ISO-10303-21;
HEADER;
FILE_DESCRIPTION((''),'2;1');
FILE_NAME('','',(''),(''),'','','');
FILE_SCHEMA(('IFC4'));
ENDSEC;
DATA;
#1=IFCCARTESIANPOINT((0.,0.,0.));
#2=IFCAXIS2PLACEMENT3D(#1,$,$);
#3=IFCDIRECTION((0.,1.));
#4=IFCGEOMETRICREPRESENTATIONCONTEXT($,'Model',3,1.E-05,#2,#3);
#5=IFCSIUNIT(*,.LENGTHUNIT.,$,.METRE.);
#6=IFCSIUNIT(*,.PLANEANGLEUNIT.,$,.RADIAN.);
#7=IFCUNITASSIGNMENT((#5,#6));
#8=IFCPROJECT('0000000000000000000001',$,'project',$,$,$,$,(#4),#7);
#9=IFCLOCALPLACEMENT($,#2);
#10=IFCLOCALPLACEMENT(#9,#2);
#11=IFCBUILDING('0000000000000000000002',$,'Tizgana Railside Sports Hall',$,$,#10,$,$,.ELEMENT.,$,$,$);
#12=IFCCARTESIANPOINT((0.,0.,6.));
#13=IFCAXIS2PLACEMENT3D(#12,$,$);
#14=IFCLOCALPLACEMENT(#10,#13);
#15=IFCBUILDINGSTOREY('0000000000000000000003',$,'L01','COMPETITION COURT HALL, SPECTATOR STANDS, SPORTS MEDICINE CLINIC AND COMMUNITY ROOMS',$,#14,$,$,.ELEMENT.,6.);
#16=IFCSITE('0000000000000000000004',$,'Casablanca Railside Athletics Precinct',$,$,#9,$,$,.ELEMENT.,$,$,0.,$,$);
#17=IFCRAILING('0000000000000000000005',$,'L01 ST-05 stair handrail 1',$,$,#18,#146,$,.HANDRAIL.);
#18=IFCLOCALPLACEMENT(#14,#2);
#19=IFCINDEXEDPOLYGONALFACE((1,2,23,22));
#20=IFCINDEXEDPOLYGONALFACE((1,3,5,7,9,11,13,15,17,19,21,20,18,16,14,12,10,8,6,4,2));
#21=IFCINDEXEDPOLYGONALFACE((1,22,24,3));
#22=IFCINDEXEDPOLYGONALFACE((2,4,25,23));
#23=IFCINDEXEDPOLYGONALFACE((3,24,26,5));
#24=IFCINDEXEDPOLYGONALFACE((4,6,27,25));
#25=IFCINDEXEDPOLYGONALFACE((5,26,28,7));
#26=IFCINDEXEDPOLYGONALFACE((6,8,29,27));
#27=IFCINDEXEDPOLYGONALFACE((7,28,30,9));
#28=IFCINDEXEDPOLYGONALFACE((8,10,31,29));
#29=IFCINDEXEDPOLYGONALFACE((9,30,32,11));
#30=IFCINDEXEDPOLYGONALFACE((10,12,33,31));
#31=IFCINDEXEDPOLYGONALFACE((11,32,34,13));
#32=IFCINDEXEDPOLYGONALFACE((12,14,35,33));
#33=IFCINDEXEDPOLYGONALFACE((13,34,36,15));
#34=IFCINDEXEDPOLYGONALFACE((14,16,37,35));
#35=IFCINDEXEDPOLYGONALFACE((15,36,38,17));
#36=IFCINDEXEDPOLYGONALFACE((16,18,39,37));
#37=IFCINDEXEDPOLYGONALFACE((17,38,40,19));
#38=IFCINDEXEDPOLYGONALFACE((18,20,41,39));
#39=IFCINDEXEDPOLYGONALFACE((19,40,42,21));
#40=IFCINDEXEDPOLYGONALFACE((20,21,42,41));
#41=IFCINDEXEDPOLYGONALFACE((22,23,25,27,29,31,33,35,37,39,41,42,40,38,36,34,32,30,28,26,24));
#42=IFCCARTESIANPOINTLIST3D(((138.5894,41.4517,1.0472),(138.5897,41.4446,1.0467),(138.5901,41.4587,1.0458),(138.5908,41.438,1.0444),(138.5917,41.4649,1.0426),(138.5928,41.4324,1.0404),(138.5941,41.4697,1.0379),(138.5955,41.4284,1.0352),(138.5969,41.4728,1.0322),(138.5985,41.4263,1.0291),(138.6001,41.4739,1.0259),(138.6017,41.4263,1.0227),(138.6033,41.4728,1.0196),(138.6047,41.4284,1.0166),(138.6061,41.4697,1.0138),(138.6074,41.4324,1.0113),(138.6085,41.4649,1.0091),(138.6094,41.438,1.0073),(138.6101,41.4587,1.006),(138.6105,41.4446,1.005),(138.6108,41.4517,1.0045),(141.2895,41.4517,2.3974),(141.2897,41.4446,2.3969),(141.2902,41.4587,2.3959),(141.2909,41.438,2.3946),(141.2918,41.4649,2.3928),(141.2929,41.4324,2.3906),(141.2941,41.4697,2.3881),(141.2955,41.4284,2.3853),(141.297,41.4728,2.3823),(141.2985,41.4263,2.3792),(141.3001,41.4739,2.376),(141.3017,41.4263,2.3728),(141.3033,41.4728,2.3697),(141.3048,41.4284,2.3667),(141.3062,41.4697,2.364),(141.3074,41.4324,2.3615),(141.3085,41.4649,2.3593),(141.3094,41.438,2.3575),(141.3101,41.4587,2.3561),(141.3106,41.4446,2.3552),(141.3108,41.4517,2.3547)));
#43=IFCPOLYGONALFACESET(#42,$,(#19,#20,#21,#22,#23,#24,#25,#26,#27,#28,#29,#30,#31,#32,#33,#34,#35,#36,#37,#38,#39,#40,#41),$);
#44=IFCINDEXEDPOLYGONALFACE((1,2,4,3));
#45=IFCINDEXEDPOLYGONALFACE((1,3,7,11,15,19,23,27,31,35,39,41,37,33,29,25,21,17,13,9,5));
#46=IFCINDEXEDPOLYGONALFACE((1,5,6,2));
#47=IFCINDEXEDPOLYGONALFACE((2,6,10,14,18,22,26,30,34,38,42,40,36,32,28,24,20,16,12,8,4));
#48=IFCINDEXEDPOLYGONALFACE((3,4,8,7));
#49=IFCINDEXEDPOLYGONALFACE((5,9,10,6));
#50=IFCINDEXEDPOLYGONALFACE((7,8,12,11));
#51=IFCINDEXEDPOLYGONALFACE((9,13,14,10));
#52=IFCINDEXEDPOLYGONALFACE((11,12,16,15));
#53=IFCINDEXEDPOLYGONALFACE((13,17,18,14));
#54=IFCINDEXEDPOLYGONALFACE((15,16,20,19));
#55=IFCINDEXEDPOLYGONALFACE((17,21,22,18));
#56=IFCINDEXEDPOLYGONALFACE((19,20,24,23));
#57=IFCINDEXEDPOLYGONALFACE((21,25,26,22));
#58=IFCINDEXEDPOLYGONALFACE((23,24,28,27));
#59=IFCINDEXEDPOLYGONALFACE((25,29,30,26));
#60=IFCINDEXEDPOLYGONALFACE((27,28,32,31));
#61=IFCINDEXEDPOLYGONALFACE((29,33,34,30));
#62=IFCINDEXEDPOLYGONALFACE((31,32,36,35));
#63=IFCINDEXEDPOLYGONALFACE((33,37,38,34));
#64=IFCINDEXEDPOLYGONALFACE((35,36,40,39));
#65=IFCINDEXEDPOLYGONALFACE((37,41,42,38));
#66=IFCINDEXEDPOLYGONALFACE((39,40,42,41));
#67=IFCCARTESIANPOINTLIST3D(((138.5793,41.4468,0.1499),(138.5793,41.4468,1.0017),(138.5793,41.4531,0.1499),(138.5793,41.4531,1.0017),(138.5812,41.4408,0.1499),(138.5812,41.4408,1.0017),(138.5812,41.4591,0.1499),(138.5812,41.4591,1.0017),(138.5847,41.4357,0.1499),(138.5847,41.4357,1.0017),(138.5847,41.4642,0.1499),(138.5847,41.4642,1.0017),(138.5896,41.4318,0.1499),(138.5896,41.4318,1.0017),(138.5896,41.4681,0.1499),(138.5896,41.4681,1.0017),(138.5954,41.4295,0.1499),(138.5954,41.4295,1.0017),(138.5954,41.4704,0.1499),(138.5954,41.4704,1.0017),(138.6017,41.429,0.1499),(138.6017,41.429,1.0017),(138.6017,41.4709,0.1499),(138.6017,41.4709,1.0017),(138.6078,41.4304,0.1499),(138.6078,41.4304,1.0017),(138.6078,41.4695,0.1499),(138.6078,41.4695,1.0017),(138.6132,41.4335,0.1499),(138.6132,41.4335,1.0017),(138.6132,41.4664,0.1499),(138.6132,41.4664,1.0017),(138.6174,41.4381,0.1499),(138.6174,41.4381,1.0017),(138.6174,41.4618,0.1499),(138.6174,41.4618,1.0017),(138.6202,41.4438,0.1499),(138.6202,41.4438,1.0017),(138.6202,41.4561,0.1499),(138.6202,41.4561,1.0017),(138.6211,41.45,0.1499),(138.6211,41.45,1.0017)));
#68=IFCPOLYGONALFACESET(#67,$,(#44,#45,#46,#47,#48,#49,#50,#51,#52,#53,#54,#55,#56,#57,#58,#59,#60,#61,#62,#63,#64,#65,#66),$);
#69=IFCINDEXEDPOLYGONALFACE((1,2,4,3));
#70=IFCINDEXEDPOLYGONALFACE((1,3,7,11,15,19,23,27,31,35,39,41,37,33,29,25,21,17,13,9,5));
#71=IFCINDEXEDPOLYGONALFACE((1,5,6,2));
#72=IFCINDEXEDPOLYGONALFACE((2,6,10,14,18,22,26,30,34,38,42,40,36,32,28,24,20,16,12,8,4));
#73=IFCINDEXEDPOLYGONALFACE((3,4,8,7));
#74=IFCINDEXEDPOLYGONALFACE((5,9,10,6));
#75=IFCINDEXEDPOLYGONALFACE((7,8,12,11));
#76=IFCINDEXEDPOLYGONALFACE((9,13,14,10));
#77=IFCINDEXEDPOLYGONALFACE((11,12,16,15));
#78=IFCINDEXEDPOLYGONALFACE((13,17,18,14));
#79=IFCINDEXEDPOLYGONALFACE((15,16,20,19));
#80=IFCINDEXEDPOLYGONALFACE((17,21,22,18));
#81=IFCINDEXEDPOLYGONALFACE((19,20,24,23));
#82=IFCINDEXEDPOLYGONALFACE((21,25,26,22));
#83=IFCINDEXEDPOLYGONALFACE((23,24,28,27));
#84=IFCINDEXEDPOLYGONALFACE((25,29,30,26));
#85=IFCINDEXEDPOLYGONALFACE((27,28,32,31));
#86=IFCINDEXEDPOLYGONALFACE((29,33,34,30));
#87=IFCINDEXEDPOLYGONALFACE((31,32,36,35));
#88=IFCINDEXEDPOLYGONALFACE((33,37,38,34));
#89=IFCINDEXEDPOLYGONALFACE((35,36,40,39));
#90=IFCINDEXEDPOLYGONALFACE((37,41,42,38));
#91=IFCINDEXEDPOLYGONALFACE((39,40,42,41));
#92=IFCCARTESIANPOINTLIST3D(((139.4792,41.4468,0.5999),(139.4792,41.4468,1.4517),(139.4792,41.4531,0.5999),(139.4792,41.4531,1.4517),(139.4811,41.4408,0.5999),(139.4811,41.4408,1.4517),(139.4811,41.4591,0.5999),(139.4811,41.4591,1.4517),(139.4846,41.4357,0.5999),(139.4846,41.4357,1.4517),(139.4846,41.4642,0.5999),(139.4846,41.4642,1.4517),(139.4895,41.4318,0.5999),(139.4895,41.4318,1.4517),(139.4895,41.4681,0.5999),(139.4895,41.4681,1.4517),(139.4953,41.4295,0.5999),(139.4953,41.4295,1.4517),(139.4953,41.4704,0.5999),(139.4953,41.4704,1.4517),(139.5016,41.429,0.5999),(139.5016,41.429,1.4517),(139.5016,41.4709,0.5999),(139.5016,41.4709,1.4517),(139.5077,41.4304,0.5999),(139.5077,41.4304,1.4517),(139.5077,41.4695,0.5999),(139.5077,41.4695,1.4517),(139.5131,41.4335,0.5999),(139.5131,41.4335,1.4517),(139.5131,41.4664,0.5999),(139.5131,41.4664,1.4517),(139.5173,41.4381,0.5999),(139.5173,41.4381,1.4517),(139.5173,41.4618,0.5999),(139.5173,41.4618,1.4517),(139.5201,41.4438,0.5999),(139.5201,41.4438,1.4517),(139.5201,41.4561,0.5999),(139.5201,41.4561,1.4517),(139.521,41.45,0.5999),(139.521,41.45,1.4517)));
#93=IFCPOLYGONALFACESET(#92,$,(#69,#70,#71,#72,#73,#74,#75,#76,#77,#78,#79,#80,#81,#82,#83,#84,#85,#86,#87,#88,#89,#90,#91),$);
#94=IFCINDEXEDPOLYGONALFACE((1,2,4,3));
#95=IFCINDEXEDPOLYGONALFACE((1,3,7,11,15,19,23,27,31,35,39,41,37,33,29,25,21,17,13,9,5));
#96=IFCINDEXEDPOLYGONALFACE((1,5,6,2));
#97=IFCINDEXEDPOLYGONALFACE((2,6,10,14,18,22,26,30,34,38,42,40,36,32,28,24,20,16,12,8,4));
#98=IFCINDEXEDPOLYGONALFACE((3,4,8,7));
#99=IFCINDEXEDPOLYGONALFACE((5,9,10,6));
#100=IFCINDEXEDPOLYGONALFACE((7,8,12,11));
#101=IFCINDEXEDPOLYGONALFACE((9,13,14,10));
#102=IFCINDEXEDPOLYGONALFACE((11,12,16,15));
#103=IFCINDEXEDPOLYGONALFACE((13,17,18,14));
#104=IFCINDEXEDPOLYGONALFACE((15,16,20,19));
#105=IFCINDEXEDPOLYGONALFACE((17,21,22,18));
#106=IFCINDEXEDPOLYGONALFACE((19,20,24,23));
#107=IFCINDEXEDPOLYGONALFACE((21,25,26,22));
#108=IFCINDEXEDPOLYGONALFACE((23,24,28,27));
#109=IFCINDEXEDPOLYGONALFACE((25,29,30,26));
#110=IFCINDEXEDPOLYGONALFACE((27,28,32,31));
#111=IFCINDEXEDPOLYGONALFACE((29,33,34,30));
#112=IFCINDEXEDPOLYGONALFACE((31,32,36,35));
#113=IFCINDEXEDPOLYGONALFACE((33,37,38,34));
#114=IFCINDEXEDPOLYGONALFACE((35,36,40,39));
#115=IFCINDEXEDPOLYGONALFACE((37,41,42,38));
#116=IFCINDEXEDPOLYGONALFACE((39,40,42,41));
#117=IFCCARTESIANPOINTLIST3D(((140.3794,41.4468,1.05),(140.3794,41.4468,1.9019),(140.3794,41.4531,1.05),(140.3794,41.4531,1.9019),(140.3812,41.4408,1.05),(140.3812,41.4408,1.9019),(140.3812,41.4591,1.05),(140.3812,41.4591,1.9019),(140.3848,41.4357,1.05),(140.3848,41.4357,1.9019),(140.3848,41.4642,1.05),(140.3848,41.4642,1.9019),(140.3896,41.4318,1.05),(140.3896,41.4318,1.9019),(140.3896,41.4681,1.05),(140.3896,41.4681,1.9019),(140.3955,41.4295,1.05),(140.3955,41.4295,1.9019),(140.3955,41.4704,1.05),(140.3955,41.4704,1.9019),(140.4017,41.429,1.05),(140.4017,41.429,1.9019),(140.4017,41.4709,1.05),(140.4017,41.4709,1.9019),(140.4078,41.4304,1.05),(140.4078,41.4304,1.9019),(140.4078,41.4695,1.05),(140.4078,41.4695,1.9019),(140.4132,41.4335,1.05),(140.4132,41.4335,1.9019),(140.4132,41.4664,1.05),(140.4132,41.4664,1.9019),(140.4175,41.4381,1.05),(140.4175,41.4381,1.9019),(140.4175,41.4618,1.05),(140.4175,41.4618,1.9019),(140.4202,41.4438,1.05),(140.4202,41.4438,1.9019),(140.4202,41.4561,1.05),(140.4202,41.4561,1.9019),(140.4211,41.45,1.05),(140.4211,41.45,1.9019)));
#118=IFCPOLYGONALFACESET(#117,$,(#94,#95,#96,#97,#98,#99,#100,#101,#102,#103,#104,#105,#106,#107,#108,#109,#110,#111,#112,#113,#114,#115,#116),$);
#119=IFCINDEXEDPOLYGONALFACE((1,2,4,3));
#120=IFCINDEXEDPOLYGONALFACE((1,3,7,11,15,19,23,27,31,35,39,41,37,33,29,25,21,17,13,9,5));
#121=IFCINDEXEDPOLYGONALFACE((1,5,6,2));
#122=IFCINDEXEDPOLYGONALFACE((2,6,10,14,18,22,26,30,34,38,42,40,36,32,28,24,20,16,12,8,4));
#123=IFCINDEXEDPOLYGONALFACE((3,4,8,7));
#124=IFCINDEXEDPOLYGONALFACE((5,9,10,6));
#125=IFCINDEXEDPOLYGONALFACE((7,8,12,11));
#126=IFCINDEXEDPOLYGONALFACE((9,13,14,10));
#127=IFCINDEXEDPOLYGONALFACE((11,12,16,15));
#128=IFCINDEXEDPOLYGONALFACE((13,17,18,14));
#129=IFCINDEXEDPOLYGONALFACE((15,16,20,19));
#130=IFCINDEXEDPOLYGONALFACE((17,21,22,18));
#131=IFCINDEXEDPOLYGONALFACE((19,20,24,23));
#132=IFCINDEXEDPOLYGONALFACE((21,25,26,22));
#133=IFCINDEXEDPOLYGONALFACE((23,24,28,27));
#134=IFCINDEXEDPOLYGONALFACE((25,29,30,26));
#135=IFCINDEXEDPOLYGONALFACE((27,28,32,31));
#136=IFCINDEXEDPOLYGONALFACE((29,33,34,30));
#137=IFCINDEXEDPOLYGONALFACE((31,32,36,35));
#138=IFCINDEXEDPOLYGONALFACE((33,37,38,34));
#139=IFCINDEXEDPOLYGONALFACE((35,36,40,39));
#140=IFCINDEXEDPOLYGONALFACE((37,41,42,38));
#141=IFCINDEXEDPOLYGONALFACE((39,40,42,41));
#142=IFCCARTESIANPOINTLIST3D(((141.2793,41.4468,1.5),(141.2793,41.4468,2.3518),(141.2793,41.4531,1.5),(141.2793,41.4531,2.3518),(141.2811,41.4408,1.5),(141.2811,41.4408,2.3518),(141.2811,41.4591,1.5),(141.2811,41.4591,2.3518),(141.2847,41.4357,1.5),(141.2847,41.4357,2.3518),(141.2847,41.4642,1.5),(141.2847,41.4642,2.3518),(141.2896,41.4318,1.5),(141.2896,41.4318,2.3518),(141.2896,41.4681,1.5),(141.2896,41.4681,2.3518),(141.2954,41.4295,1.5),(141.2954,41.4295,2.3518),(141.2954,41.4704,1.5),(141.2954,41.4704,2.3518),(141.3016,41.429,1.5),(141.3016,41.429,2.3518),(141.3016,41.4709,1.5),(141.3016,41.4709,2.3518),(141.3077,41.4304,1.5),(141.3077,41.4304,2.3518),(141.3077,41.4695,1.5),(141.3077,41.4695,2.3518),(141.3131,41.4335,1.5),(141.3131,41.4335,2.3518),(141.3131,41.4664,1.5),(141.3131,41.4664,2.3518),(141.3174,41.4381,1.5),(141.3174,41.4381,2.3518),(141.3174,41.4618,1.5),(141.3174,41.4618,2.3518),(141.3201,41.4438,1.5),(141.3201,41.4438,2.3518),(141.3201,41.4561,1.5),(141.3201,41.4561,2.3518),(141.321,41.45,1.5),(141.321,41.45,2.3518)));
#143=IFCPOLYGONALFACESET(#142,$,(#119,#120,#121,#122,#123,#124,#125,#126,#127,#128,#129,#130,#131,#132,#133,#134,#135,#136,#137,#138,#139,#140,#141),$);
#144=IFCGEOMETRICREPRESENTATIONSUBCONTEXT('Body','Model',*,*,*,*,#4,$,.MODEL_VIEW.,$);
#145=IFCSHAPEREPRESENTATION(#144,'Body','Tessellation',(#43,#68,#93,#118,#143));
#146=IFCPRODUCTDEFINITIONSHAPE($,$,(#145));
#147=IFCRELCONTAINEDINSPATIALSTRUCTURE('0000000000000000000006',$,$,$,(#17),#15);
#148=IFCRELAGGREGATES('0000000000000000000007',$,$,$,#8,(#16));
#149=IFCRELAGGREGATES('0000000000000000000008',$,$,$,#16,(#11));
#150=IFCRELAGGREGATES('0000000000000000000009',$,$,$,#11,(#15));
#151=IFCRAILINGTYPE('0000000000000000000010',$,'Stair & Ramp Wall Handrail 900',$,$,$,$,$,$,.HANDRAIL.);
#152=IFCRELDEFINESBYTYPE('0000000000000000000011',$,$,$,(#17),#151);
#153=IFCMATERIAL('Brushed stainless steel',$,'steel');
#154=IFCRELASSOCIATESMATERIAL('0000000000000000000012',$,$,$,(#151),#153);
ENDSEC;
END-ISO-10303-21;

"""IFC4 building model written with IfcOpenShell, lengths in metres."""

from ifc_helpers import new_model, si_unit, direction, frame, origin, origin_2d, place, context, subcontext, project, spatial, circle, extrude, material, type_object, element, save


model = new_model("IFC4")

# Units and contexts
model_context = context("Model", 3, precision=1e-05, world=origin(), true_north=direction((0.0, 1.0)))
body_context = subcontext(model_context, "Body", "Model", "MODEL_VIEW")
ifc_project = project(units=[si_unit("LENGTHUNIT", "METRE"), si_unit("PLANEANGLEUNIT", "RADIAN")], contexts=[model_context])

# Site, building, storey
site_placement = place(None, origin())
site = spatial("IfcSite", under=ifc_project, at=site_placement, Name="Casablanca Railside Athletics Precinct", CompositionType="ELEMENT", RefElevation=0.0)
building_placement = place(site_placement, origin())
building = spatial("IfcBuilding", under=site, at=building_placement, Name="Tizgana Railside Sports Hall", CompositionType="ELEMENT")
storey_placement = place(building_placement, frame((0.0, 0.0, 6.0)))
storey = spatial("IfcBuildingStorey", under=building, at=storey_placement, Name="L01", Description="COMPETITION COURT HALL, SPECTATOR STANDS, SPORTS MEDICINE CLINIC AND COMMUNITY ROOMS", CompositionType="ELEMENT", Elevation=6.0)

# Shared definitions
ifc_material_1 = material(Name="Brushed stainless steel", Category="steel")

# Railing
railing_type_1 = type_object("IfcRailingType", Name="Stair & Ramp Wall Handrail 900", PredefinedType="HANDRAIL", material=ifc_material_1)
railing_1_placement = place(storey_placement, frame((138.6001, 41.45, 0.1499)))
element("IfcRailing", 1, at=railing_1_placement, inside=storey, type_object=railing_type_1, Name="L01 ST-05 stair handrail 1", PredefinedType="HANDRAIL", context=body_context, shape_type="SweptSolid", body=[
    extrude(circle(Radius=0.0239, at=origin_2d()), frame((0.0, 0.0, 0.876), z_axis=(0.894411, 0.0, 0.447246), x_axis=(0.0, 1.0, 0.0)), (0.0, 0.0, 1.0), 3.0188),
    extrude(circle(Radius=0.021, at=origin_2d()), origin(), (0.0, 0.0, 1.0), 0.8518),
    extrude(circle(Radius=0.021, at=origin_2d()), frame((0.8999, 0.0, 0.45)), (0.0, 0.0, 1.0), 0.8518),
    extrude(circle(Radius=0.021, at=origin_2d()), frame((1.8, 0.0, 0.9001)), (0.0, 0.0, 1.0), 0.8518),
    extrude(circle(Radius=0.021, at=origin_2d()), frame((2.7, 0.0, 1.3501)), (0.0, 0.0, 1.0), 0.8518),
])

save(model, "model.ifc")
